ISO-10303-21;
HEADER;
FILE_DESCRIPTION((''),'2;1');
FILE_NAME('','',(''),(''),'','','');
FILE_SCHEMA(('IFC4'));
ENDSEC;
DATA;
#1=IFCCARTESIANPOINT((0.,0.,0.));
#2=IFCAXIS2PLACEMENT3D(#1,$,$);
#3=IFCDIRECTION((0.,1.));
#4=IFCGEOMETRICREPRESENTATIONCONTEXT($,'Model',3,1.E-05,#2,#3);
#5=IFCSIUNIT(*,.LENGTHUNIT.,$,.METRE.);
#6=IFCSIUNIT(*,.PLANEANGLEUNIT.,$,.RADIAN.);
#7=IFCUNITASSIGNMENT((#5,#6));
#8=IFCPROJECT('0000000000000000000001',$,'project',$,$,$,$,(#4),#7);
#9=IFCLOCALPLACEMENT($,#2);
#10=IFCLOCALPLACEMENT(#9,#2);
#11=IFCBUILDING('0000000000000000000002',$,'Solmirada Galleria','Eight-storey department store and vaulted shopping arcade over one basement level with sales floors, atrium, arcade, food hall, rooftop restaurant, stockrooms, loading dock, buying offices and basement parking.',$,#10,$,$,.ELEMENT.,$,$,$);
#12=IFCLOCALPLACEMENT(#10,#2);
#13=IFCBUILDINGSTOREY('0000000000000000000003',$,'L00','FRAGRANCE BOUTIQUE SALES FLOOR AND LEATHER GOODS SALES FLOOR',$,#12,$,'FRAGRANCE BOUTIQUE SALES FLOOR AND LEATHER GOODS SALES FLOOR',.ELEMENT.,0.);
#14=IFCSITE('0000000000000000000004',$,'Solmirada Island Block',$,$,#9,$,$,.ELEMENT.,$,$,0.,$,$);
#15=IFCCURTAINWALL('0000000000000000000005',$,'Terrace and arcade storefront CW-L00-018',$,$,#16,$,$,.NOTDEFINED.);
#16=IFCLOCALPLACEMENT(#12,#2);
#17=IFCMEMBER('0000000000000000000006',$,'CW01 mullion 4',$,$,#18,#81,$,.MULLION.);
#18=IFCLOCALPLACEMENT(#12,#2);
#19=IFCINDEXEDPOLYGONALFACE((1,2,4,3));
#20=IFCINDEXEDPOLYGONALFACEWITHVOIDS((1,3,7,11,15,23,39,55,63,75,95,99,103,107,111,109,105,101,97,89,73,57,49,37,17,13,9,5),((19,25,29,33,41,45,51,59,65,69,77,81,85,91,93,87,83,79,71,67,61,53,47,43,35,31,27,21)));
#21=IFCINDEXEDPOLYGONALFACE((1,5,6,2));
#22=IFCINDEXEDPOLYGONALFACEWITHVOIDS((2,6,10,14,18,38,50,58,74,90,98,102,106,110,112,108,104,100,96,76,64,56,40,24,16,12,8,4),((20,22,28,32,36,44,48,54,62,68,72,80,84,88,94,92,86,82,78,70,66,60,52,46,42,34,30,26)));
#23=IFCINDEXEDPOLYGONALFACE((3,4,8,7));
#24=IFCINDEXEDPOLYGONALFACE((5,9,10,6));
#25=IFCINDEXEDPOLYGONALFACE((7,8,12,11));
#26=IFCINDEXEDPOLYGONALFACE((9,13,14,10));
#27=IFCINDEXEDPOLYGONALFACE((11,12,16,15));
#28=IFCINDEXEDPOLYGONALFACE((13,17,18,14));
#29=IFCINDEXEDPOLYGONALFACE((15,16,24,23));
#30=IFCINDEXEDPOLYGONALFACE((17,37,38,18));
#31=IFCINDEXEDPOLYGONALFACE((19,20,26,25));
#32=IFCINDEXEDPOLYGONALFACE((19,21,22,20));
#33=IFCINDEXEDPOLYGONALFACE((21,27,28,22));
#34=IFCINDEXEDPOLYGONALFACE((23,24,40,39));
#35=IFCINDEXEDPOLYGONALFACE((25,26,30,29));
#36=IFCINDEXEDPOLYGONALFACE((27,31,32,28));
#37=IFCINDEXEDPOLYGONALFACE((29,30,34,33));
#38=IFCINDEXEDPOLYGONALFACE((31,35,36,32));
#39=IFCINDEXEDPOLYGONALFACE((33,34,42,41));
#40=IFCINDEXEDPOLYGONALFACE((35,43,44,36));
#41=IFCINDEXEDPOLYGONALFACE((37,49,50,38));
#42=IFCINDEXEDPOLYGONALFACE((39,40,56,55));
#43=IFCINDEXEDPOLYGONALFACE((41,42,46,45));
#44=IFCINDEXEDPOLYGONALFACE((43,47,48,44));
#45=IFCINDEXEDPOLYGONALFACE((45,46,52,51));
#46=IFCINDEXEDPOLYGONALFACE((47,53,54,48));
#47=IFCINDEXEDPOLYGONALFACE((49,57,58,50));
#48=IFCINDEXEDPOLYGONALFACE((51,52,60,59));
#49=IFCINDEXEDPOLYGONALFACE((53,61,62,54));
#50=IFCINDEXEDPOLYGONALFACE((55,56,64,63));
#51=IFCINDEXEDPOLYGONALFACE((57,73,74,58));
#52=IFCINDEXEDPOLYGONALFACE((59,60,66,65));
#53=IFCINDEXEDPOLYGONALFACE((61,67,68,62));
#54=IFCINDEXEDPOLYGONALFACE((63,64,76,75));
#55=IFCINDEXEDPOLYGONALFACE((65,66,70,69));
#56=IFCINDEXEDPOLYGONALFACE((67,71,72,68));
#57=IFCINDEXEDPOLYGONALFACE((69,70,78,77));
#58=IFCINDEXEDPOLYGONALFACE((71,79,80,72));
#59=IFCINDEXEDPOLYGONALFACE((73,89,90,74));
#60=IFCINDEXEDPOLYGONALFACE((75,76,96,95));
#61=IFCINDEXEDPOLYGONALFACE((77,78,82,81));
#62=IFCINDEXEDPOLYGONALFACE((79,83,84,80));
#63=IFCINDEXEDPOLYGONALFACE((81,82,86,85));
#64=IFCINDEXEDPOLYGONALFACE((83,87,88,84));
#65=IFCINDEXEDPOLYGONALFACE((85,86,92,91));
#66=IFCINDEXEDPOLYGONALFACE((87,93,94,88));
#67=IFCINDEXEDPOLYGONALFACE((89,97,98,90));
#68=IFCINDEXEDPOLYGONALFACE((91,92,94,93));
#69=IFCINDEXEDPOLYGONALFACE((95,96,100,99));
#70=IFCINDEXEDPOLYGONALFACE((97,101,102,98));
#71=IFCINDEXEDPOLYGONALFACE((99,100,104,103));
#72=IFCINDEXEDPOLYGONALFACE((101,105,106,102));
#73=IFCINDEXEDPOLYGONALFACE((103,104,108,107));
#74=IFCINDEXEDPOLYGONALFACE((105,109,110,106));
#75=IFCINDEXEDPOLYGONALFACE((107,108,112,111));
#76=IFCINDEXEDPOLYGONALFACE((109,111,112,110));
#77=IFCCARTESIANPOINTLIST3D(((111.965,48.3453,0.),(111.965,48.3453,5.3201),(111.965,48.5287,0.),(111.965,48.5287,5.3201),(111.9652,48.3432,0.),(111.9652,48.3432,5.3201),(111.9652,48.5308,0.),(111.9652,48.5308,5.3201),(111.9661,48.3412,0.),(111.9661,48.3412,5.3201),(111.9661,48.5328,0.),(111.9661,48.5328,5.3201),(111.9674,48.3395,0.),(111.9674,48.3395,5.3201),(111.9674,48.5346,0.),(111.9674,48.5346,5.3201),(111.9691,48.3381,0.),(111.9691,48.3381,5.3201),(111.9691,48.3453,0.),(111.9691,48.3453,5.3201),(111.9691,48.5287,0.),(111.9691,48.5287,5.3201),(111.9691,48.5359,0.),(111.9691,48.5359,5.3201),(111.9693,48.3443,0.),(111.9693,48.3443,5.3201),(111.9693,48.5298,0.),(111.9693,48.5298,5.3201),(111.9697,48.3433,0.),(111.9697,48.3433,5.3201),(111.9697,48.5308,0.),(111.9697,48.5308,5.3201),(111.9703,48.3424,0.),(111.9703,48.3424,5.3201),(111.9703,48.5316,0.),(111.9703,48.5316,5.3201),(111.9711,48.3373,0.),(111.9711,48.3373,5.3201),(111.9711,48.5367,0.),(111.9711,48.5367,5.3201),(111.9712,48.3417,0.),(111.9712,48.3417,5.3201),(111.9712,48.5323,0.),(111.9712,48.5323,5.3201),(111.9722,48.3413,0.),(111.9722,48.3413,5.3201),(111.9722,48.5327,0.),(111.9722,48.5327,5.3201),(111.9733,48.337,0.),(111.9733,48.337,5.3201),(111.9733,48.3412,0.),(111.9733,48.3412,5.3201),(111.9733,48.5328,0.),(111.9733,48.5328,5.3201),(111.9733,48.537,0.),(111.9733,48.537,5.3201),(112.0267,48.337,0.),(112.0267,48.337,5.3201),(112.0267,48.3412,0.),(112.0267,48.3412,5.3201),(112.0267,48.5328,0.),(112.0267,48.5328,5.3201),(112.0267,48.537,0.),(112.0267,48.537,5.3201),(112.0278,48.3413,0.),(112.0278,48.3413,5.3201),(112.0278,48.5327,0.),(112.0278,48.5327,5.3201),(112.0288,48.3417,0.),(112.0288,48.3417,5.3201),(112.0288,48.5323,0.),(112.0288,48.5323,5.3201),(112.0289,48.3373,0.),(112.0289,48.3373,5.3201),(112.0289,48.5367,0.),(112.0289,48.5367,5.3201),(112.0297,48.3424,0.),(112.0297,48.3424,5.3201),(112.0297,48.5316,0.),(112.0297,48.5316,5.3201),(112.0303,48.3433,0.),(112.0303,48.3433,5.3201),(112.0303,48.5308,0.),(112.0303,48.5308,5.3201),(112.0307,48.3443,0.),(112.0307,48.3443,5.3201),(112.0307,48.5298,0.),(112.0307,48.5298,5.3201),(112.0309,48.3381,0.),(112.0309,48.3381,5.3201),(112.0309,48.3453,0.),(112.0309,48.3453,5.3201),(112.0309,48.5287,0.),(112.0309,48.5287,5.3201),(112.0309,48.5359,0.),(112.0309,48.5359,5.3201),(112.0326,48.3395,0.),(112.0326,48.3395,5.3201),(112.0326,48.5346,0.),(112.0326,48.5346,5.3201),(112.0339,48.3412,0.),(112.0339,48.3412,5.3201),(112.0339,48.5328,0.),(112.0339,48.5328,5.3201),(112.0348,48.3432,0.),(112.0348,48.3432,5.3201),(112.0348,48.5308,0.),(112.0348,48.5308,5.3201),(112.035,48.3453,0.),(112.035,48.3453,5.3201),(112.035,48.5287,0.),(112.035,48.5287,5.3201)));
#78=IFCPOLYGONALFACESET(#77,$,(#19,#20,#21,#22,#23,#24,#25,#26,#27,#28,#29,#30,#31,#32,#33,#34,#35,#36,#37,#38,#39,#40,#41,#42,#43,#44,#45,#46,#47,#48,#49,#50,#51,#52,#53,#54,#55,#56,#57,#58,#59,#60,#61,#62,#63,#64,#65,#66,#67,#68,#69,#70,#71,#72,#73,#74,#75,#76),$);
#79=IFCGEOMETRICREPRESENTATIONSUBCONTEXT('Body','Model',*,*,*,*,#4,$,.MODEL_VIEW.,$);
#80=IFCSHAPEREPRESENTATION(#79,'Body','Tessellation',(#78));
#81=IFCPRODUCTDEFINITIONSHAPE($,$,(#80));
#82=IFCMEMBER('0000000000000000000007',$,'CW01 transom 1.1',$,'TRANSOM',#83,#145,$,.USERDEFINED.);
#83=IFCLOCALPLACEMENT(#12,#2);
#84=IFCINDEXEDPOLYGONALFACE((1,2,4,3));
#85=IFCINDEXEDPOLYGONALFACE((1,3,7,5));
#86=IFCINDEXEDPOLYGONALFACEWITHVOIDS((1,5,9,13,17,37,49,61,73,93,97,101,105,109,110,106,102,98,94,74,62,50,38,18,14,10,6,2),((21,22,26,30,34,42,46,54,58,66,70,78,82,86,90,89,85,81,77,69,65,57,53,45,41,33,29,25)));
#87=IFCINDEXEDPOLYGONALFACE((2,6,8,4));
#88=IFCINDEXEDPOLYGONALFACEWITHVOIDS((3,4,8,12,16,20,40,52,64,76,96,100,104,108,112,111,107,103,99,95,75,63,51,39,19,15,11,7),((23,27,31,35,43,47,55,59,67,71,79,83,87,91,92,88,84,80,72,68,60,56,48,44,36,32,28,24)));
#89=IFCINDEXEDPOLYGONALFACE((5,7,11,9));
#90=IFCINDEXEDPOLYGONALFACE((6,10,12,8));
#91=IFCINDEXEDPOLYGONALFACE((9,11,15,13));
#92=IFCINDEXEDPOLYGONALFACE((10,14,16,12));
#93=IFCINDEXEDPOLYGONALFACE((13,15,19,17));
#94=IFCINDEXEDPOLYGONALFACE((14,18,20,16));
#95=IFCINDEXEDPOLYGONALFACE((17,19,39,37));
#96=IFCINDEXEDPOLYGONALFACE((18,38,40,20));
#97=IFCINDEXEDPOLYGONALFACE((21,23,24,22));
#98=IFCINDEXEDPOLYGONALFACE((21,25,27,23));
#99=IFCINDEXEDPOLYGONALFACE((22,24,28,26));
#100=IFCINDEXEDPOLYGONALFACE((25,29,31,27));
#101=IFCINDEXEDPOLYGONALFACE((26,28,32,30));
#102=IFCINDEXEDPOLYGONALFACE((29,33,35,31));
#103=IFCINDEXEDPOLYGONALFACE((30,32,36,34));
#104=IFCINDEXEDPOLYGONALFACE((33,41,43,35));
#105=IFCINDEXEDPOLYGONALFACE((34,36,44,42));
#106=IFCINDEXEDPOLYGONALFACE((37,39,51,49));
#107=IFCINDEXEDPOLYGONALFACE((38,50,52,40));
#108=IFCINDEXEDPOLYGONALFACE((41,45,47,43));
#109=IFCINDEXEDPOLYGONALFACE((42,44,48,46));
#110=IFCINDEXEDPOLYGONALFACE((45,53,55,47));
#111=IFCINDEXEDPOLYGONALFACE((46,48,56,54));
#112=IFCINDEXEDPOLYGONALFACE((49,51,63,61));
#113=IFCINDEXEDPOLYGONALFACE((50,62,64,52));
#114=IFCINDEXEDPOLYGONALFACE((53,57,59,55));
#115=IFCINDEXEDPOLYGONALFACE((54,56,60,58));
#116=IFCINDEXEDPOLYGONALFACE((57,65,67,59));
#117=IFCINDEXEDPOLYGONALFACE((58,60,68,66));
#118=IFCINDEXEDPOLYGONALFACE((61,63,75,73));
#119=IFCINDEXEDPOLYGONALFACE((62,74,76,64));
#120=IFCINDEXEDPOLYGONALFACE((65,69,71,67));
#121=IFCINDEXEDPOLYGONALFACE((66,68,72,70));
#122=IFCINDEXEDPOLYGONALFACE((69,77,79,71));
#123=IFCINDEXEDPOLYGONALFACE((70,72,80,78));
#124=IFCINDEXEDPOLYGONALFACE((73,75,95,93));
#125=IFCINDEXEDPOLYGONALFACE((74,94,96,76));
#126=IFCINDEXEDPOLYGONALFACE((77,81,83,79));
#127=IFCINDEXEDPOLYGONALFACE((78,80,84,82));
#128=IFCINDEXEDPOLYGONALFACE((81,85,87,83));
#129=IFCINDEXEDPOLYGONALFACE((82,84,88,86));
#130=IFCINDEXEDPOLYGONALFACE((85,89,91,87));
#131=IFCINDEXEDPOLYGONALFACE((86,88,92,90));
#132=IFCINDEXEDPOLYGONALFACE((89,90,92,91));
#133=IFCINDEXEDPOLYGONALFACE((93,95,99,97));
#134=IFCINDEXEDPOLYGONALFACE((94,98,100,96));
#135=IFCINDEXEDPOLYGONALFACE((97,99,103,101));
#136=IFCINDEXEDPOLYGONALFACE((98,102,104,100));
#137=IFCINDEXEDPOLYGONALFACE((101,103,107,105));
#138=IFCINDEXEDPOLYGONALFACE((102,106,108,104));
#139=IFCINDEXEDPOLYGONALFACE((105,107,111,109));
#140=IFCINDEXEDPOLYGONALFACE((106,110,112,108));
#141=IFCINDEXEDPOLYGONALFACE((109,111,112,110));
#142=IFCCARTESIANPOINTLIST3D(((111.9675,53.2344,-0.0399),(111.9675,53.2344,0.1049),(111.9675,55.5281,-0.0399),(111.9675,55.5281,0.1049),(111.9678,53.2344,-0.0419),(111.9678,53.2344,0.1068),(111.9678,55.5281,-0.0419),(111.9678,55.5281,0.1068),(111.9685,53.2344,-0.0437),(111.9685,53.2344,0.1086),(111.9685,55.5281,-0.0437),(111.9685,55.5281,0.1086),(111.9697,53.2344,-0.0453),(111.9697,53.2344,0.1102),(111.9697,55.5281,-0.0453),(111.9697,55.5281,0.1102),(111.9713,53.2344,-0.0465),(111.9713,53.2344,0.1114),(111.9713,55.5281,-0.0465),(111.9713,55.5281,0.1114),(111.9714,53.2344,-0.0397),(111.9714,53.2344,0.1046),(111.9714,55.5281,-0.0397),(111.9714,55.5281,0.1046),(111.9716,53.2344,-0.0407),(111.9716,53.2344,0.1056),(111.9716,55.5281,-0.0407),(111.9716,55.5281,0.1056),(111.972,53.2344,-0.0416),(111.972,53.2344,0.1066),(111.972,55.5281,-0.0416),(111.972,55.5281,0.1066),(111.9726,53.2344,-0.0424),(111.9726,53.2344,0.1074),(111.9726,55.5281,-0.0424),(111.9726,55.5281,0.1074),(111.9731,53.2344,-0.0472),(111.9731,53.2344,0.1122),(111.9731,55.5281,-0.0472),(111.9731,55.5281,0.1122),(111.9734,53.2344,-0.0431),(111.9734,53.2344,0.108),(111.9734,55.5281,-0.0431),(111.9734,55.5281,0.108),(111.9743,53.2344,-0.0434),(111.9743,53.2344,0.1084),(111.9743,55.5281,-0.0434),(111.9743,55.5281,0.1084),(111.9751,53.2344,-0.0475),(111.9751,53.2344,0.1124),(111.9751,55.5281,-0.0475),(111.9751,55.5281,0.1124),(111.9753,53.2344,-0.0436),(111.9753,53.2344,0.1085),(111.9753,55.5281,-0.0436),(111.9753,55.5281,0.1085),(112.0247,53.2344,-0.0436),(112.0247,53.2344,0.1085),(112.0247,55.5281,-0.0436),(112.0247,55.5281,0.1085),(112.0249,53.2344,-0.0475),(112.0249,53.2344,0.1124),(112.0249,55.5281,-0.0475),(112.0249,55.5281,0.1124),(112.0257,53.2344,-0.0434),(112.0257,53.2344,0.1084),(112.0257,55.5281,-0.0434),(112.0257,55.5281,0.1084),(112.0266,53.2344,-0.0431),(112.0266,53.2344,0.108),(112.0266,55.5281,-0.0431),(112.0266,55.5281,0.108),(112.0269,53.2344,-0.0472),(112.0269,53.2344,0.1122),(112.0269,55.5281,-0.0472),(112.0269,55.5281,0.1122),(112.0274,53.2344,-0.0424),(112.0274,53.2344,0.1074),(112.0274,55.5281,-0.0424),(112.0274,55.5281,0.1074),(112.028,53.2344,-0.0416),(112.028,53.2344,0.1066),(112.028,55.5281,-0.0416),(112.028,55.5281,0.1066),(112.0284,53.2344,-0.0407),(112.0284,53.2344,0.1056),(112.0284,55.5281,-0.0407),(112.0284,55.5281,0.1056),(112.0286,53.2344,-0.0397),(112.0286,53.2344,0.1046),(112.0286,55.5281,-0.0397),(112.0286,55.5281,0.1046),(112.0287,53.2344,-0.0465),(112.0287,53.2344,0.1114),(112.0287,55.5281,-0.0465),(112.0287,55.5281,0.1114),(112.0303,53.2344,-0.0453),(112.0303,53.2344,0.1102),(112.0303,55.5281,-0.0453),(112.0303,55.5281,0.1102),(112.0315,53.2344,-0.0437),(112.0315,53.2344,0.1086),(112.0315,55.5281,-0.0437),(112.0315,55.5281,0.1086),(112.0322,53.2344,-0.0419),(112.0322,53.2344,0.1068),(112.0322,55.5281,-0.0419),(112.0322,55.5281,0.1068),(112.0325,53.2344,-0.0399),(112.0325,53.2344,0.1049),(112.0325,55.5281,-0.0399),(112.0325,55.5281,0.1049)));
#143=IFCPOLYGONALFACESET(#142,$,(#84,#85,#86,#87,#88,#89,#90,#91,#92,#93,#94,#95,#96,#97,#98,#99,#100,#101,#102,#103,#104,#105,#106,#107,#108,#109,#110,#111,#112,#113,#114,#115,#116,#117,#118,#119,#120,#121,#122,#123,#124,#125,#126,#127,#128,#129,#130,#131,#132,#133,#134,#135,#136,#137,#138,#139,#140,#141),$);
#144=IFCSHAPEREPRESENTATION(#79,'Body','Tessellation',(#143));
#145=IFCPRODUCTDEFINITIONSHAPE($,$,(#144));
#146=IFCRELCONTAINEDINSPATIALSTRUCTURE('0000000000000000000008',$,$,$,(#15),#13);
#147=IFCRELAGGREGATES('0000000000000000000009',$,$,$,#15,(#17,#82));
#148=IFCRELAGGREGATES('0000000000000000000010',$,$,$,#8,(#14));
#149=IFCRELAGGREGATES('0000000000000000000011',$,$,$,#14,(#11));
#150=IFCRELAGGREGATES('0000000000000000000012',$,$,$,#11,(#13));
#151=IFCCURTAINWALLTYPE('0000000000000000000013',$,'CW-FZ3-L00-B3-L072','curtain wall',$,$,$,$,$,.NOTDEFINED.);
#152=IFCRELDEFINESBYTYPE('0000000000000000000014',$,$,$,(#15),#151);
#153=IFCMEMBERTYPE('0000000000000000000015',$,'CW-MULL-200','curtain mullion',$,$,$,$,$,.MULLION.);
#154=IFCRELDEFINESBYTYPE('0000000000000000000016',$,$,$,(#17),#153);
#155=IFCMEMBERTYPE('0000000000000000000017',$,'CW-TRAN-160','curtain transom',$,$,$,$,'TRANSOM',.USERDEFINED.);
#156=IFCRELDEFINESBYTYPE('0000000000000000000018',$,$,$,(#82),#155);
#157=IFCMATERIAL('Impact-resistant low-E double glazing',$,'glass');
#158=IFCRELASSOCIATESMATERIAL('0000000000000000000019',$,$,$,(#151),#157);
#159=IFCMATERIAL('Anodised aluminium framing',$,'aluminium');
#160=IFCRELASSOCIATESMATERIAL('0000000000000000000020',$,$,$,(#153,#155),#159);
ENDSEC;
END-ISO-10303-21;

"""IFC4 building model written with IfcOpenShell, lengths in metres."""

from ifc_helpers import new_model, si_unit, direction, frame, origin, origin_2d, place, context, subcontext, project, spatial, hollow_rectangle, extrude, material, material_profile, profile_set, type_object, element, aggregate, save


model = new_model("IFC4")

# Units and contexts
model_context = context("Model", 3, precision=1e-05, world=origin(), true_north=direction((0.0, 1.0)))
body_context = subcontext(model_context, "Body", "Model", "MODEL_VIEW")
ifc_project = project(units=[si_unit("LENGTHUNIT", "METRE"), si_unit("PLANEANGLEUNIT", "RADIAN")], contexts=[model_context])

# Site, building, storey
site_placement = place(None, origin())
site = spatial("IfcSite", under=ifc_project, at=site_placement, Name="Solmirada Island Block", CompositionType="ELEMENT", RefElevation=0.0)
building_placement = place(site_placement, origin())
building = spatial("IfcBuilding", under=site, at=building_placement, Name="Solmirada Galleria", Description="Eight-storey department store and vaulted shopping arcade over one basement level with sales floors, atrium, arcade, food hall, rooftop restaurant, stockrooms, loading dock, buying offices and basement parking.", CompositionType="ELEMENT")
storey_placement = place(building_placement, origin())
storey = spatial("IfcBuildingStorey", under=building, at=storey_placement, Name="L00", Description="FRAGRANCE BOUTIQUE SALES FLOOR AND LEATHER GOODS SALES FLOOR", LongName="FRAGRANCE BOUTIQUE SALES FLOOR AND LEATHER GOODS SALES FLOOR", CompositionType="ELEMENT", Elevation=0.0)

# Shared definitions
ifc_material_1 = material(Name="Impact-resistant low-E double glazing", Category="glass")
curtain_wall_type = type_object("IfcCurtainWallType", Name="CW-FZ3-L00-B3-L072", Description="curtain wall", PredefinedType="NOTDEFINED", material=ifc_material_1)
ifc_material_2 = material(Name="Anodised aluminium framing", Category="aluminium")
ifc_material_profile_1 = material_profile(ifc_material_2, hollow_rectangle(XDim=0.0701, YDim=0.2, WallThickness=0.0042, InnerFilletRadius=0.0042, OuterFilletRadius=0.0083, at=origin_2d()), Name="ALU-MULL-200X70")
ifc_profile_set_1 = profile_set([ifc_material_profile_1], Name="Anodised aluminium framing")
member_type_1 = type_object("IfcMemberType", Name="CW-MULL-200", Description="curtain mullion", PredefinedType="MULLION", material=ifc_profile_set_1)

# Curtain wall, members
curtain_wall_1_placement = place(storey_placement, origin())
curtain_wall_1 = element("IfcCurtainWall", 1, at=curtain_wall_1_placement, inside=storey, type_object=curtain_wall_type, Name="Terrace and arcade storefront CW-L00-018", PredefinedType="NOTDEFINED")
member_1_placement = place(storey_placement, frame((112.0, 48.437, 0.0), z_axis=(0.0, 0.0, 1.0), x_axis=(1.0, 0.0, 0.0)))
member_1 = element("IfcMember", 2, at=member_1_placement, type_object=member_type_1, Name="CW01 mullion 4", PredefinedType="MULLION", context=body_context, shape_type="SweptSolid", body=[
    extrude(hollow_rectangle(XDim=0.0701, YDim=0.2, WallThickness=0.0042, InnerFilletRadius=0.0042, OuterFilletRadius=0.0083, at=origin_2d()), origin(), (0.0, 0.0, 1.0), 5.3201),
])
ifc_material_profile_2 = material_profile(ifc_material_2, hollow_rectangle(XDim=0.0649, YDim=0.1599, WallThickness=0.0039, InnerFilletRadius=0.0039, OuterFilletRadius=0.0076, at=origin_2d()), Name="ALU-TRAN-160X65")
ifc_profile_set_2 = profile_set([ifc_material_profile_2], Name="Anodised aluminium framing")
member_type_2 = type_object("IfcMemberType", Name="CW-TRAN-160", Description="curtain transom", ElementType="TRANSOM", PredefinedType="USERDEFINED", material=ifc_profile_set_2)
member_2_placement = place(storey_placement, frame((112.0, 55.5281, 0.0325), z_axis=(0.0, -1.0, 0.0), x_axis=(1.0, 0.0, 0.0)))
member_2 = element("IfcMember", 3, at=member_2_placement, type_object=member_type_2, Name="CW01 transom 1.1", ObjectType="TRANSOM", PredefinedType="USERDEFINED", context=body_context, shape_type="SweptSolid", body=[
    extrude(hollow_rectangle(XDim=0.0649, YDim=0.1599, WallThickness=0.0039, InnerFilletRadius=0.0039, OuterFilletRadius=0.0076, at=origin_2d()), origin(), (0.0, 0.0, 1.0), 2.2937),
])

aggregate(curtain_wall_1, [member_1, member_2])

save(model, "model.ifc")
